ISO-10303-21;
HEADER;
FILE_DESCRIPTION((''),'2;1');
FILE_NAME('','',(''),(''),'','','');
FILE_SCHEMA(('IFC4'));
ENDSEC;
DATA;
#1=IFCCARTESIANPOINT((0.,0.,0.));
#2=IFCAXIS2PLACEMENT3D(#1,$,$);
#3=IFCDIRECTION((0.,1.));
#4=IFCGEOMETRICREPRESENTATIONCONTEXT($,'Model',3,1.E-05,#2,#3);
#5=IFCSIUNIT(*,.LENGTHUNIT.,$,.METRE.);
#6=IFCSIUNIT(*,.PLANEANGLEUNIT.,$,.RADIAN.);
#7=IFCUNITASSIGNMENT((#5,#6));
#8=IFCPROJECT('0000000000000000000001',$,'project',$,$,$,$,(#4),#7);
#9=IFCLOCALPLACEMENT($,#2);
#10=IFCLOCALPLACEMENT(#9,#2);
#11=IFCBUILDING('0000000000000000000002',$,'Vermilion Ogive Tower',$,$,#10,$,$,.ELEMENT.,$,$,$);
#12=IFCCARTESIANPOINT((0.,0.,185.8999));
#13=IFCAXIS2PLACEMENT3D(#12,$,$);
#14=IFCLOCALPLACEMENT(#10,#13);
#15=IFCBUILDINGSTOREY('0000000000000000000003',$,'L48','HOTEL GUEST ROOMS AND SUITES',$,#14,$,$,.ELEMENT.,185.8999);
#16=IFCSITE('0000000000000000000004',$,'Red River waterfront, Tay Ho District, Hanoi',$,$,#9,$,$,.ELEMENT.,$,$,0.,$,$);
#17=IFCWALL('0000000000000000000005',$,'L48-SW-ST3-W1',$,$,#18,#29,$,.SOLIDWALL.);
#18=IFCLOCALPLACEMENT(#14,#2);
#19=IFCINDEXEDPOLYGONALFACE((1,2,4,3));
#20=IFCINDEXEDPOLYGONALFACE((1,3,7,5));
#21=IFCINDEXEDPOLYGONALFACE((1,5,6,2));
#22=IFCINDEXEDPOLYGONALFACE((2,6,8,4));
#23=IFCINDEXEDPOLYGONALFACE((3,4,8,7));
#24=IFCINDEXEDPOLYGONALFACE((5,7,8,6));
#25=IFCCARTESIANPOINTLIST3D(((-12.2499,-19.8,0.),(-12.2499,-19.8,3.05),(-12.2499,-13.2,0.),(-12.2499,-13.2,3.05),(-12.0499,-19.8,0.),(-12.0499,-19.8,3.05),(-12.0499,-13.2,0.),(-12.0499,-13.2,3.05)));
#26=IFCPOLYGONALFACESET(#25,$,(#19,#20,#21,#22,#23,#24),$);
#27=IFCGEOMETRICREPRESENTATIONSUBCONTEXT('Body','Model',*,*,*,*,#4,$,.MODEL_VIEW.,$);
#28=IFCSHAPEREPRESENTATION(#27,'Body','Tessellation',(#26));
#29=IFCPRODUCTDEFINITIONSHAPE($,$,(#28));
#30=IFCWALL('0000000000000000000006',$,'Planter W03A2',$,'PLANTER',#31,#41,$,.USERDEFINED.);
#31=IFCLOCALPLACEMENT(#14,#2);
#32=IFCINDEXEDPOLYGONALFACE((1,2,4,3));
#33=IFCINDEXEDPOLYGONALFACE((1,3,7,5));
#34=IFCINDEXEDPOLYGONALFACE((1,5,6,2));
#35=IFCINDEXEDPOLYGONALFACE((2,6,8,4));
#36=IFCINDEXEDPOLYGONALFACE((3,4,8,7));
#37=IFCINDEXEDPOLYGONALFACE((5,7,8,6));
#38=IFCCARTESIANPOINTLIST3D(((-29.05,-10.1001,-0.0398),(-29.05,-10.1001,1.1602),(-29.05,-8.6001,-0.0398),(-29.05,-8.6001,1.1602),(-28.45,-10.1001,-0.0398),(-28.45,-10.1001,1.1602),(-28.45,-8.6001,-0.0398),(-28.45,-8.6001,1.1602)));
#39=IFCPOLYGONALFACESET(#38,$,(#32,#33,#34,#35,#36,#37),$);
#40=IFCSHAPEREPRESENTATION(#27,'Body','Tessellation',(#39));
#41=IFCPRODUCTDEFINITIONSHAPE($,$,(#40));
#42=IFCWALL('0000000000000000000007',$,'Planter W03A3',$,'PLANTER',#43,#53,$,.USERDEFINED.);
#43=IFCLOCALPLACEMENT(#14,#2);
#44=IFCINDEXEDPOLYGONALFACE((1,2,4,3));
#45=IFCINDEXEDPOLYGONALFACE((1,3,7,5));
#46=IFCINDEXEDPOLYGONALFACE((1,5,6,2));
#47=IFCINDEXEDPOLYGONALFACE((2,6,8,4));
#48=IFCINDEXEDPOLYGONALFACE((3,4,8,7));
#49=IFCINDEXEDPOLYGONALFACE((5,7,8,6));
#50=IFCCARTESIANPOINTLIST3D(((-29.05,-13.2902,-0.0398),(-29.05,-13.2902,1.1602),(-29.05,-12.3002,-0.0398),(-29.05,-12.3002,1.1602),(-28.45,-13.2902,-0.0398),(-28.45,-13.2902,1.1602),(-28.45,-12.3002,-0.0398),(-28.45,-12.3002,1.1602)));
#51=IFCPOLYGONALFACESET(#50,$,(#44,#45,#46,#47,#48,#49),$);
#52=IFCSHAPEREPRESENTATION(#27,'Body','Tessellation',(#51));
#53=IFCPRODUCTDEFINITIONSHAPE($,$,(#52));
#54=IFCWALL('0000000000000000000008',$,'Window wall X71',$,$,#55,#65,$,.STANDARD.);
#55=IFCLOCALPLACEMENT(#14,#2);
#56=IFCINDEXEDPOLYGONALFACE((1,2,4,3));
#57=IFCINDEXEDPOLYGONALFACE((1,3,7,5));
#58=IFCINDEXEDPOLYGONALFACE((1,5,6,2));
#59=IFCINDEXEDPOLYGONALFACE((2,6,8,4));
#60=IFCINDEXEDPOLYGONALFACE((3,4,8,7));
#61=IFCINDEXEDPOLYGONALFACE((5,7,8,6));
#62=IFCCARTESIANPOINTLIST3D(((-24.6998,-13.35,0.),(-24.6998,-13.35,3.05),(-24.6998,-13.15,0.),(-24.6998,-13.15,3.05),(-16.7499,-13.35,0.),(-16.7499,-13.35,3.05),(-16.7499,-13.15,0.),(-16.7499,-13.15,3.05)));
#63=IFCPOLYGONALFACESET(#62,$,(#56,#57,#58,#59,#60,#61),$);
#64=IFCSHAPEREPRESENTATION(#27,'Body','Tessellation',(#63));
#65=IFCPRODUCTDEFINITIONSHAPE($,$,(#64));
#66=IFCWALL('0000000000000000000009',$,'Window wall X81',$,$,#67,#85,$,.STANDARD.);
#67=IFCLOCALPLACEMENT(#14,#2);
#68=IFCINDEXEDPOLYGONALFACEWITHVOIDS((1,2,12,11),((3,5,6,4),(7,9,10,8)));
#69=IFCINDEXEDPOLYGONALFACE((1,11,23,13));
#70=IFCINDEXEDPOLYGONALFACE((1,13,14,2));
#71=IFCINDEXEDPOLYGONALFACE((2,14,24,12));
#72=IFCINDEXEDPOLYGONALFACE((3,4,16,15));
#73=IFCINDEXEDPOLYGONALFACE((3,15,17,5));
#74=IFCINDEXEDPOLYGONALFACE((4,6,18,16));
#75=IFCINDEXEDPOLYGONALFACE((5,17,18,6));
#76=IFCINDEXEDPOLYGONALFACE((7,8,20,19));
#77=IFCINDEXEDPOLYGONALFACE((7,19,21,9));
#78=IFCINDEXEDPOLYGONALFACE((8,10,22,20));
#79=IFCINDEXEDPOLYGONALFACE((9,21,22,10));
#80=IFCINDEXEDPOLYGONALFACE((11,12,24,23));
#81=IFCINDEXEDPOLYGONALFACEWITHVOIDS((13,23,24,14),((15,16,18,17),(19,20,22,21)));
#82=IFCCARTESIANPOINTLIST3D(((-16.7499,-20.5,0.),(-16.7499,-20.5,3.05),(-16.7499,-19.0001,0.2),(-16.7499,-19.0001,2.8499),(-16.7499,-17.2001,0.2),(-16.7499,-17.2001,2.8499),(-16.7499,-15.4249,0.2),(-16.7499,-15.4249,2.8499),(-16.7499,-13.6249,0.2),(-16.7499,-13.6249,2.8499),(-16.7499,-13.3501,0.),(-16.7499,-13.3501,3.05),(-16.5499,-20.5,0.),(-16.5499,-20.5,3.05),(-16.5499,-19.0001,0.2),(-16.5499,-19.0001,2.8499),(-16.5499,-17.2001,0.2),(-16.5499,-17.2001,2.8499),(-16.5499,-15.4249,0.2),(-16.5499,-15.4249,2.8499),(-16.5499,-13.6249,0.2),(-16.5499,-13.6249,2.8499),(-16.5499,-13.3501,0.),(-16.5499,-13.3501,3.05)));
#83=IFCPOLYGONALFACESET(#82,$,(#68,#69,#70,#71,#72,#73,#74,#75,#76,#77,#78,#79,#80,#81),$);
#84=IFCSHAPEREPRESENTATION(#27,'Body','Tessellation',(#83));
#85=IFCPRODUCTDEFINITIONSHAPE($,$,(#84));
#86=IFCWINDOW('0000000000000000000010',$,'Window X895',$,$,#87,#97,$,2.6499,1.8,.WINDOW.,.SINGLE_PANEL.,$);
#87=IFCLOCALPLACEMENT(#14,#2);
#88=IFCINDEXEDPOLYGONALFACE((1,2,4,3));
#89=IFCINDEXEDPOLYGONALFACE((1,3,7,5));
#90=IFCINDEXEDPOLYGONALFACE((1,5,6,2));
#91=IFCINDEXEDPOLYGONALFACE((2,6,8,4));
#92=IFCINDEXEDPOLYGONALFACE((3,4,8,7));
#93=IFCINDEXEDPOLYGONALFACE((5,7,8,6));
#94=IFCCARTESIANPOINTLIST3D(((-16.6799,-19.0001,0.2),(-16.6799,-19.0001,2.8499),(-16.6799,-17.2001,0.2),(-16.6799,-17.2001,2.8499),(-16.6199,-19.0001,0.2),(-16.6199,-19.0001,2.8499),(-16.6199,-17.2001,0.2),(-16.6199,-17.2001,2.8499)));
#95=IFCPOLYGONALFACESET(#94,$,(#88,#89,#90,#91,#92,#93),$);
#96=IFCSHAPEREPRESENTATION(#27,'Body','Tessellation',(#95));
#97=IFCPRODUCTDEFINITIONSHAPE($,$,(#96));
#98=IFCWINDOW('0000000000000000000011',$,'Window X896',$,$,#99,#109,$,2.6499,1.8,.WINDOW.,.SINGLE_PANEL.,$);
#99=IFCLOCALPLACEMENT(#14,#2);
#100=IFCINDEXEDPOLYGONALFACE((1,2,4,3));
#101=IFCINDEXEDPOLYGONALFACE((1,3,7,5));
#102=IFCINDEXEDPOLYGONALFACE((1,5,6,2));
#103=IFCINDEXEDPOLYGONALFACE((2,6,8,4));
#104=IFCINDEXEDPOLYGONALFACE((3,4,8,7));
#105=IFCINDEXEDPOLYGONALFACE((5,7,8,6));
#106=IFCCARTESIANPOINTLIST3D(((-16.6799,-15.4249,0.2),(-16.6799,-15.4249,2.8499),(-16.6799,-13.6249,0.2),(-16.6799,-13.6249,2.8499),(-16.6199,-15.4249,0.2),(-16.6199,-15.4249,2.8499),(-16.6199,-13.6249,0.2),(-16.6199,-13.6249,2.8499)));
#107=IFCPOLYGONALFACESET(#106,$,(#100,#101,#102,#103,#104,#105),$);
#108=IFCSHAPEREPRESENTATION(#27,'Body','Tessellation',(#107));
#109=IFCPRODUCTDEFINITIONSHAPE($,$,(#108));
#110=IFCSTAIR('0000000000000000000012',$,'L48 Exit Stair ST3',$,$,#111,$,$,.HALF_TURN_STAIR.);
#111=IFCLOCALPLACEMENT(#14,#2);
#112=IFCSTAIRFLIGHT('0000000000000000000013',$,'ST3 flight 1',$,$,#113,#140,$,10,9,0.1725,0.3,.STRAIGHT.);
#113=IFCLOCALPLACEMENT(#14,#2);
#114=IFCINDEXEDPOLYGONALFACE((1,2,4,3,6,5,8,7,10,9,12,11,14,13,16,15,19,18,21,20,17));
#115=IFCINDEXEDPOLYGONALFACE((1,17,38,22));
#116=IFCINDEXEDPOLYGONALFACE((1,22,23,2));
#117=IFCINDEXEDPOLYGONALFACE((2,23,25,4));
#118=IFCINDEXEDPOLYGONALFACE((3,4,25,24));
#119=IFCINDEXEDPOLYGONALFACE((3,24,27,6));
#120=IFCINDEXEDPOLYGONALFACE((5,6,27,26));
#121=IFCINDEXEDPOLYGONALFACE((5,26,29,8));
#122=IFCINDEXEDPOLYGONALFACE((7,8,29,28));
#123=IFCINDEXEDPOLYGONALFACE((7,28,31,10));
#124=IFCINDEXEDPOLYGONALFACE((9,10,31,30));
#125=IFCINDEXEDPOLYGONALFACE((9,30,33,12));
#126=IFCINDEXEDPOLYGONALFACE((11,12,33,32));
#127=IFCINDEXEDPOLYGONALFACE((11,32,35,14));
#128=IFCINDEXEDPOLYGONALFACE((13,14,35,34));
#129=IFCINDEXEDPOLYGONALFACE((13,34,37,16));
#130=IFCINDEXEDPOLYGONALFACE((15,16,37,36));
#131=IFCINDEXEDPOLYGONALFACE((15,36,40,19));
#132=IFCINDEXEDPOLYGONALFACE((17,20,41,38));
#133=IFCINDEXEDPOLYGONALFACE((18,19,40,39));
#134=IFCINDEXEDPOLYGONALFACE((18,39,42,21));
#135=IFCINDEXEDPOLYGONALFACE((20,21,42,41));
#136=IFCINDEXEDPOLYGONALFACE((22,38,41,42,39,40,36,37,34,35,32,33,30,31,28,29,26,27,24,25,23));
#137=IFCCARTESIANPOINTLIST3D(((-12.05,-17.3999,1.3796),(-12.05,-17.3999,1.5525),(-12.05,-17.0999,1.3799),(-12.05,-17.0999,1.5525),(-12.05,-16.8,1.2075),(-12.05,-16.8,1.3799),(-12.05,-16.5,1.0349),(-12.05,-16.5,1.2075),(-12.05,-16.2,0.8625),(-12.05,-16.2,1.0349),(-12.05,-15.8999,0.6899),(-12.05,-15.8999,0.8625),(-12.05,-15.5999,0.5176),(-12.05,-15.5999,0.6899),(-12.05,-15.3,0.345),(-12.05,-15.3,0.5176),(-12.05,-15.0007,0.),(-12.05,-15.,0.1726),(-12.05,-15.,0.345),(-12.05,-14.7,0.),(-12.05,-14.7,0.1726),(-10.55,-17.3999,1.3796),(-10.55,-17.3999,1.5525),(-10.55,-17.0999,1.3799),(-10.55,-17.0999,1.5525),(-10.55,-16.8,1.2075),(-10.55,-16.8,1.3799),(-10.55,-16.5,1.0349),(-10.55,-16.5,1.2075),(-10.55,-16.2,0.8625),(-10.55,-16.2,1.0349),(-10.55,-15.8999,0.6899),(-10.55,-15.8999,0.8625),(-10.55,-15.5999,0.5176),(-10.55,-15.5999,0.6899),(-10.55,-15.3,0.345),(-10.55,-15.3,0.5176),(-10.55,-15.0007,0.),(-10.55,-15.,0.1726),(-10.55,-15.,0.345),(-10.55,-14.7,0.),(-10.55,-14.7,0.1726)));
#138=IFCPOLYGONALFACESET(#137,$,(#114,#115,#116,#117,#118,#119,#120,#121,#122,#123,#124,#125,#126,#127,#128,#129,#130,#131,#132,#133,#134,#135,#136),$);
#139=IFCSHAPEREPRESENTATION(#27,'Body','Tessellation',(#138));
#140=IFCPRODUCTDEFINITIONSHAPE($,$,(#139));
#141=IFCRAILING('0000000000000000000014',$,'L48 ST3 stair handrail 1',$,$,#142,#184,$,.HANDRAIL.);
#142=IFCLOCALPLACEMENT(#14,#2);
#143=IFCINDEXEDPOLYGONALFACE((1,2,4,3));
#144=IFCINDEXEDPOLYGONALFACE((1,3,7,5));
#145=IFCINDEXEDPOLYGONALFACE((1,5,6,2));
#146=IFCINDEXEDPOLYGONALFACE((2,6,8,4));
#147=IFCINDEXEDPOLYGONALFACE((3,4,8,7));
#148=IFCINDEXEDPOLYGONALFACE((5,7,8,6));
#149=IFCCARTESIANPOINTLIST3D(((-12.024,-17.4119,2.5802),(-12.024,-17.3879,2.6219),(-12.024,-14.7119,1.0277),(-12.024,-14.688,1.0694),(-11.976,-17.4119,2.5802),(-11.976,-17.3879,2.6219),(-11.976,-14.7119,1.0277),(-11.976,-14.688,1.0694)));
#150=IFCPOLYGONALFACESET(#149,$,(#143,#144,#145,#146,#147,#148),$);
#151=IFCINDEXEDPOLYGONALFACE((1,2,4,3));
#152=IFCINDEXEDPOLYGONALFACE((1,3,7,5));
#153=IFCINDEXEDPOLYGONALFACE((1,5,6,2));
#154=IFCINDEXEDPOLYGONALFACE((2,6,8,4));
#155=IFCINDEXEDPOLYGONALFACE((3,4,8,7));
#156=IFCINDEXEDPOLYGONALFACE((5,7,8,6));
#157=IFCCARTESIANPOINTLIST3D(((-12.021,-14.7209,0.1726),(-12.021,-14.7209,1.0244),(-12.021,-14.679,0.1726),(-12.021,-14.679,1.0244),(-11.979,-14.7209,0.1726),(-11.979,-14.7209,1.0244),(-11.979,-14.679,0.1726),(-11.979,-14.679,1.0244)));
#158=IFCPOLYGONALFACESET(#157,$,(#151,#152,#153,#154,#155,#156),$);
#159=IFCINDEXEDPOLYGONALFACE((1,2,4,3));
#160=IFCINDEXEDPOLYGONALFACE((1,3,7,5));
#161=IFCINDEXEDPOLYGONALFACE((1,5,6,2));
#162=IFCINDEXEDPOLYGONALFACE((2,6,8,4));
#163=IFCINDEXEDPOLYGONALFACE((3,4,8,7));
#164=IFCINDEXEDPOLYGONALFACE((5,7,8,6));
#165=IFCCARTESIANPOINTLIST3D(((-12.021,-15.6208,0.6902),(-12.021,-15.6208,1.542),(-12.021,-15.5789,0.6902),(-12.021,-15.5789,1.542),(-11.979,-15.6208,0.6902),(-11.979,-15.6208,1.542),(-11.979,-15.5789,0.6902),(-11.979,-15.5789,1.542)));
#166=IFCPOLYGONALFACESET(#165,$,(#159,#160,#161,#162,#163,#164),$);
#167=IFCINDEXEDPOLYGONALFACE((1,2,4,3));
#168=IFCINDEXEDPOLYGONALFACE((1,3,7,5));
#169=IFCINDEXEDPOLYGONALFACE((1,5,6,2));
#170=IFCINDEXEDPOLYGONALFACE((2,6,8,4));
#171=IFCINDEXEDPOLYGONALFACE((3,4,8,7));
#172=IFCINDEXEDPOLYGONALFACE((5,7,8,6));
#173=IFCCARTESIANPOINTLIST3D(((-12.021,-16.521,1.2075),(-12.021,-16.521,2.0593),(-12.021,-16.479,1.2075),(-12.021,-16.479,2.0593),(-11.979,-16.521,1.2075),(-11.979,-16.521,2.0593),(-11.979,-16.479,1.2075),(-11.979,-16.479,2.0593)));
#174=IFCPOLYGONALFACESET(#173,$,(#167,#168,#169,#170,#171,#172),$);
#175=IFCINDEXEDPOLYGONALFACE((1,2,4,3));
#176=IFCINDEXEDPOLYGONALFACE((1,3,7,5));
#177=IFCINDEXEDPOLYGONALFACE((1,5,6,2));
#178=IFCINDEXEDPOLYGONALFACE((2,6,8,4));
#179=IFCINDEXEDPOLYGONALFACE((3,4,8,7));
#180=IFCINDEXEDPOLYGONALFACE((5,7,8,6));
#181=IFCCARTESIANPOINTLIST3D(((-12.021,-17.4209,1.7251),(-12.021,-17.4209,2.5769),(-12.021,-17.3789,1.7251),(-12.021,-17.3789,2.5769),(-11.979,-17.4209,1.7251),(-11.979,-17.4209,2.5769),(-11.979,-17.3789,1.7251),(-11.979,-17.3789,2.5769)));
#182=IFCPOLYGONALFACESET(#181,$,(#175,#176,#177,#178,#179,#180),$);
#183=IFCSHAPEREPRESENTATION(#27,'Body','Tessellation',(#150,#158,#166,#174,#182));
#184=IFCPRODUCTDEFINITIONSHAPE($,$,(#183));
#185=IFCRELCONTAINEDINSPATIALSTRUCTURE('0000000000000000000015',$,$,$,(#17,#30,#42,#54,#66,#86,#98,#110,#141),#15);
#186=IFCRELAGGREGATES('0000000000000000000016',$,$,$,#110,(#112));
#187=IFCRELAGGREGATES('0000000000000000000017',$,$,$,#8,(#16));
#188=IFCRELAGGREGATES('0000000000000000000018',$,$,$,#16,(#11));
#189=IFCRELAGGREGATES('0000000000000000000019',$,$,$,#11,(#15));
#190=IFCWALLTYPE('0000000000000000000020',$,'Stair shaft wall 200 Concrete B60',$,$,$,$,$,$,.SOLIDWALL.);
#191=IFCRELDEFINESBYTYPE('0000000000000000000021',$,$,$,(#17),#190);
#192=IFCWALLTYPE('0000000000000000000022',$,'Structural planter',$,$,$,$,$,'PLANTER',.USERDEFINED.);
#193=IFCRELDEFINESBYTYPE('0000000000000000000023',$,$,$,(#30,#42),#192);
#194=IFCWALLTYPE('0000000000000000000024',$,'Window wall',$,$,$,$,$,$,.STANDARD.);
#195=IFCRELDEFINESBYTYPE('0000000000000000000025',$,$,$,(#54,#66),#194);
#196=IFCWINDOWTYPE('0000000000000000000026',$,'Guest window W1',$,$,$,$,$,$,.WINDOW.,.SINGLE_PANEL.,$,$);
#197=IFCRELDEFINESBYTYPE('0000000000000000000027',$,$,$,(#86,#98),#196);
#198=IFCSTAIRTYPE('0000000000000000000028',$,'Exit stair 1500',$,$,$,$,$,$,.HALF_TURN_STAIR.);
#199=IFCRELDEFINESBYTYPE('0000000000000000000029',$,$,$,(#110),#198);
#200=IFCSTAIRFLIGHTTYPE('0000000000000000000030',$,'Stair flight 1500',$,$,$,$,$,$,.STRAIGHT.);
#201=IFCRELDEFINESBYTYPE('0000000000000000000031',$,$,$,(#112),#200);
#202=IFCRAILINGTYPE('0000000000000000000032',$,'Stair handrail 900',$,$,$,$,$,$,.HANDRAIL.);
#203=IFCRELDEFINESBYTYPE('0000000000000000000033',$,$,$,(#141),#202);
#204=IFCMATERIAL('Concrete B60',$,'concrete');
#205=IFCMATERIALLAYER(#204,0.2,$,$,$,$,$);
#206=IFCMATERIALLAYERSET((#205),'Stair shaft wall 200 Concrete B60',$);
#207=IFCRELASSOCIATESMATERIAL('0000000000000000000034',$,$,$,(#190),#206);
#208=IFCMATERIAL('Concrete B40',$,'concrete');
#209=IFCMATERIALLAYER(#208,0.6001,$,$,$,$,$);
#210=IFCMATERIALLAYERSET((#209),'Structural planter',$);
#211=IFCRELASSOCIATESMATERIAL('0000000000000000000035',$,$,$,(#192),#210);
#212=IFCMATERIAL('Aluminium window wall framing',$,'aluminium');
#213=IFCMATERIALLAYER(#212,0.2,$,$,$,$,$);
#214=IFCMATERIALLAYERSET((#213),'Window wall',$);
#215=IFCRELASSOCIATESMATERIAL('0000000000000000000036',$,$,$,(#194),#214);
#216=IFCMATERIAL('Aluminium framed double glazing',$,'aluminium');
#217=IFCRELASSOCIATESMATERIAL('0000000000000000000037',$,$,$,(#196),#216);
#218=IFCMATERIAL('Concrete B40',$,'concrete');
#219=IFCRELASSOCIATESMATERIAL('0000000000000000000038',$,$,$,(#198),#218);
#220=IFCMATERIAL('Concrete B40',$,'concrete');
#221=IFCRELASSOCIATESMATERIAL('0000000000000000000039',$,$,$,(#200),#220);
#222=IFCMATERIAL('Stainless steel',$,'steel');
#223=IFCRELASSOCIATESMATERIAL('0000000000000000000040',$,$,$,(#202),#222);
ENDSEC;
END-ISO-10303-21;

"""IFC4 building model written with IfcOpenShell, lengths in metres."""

from ifc_helpers import new_model, si_unit, direction, frame, frame_2d, origin, origin_2d, place, context, subcontext, project, spatial, polyline, rectangle, outline, extrude, material, layer, layer_set, type_object, element, fill, aggregate, save


model = new_model("IFC4")

# Units and contexts
model_context = context("Model", 3, precision=1e-05, world=origin(), true_north=direction((0.0, 1.0)))
body_context = subcontext(model_context, "Body", "Model", "MODEL_VIEW")
ifc_project = project(units=[si_unit("LENGTHUNIT", "METRE"), si_unit("PLANEANGLEUNIT", "RADIAN")], contexts=[model_context])

# Site, building, storey
site_placement = place(None, origin())
site = spatial("IfcSite", under=ifc_project, at=site_placement, Name="Red River waterfront, Tay Ho District, Hanoi", CompositionType="ELEMENT", RefElevation=0.0)
building_placement = place(site_placement, origin())
building = spatial("IfcBuilding", under=site, at=building_placement, Name="Vermilion Ogive Tower", CompositionType="ELEMENT")
storey_placement = place(building_placement, frame((0.0, 0.0, 185.8999)))
storey = spatial("IfcBuildingStorey", under=building, at=storey_placement, Name="L48", Description="HOTEL GUEST ROOMS AND SUITES", CompositionType="ELEMENT", Elevation=185.8999)

# Shared definitions
ifc_material_1 = material(Name="Concrete B60", Category="concrete")
ifc_layer_1 = layer(ifc_material_1, 0.2)
ifc_layer_set_1 = layer_set([ifc_layer_1], Name="Stair shaft wall 200 Concrete B60")
wall_type_1 = type_object("IfcWallType", Name="Stair shaft wall 200 Concrete B60", PredefinedType="SOLIDWALL", material=ifc_layer_set_1)

# Walls
wall_1_placement = place(storey_placement, frame((-12.1499, -19.8, 0.0), z_axis=(0.0, 0.0, 1.0), x_axis=(0.0, 1.0, 0.0)))
element("IfcWall", 1, at=wall_1_placement, inside=storey, type_object=wall_type_1, Name="L48-SW-ST3-W1", PredefinedType="SOLIDWALL", context=body_context, shape_type="SweptSolid", body=[
    extrude(rectangle(XDim=6.6001, YDim=0.2, at=frame_2d((3.3, 0.0))), origin(), (0.0, 0.0, 1.0), 3.05),
])
ifc_material_2 = material(Name="Concrete B40", Category="concrete")
ifc_layer_2 = layer(ifc_material_2, 0.6001)
ifc_layer_set_2 = layer_set([ifc_layer_2], Name="Structural planter")
wall_type_2 = type_object("IfcWallType", Name="Structural planter", ElementType="PLANTER", PredefinedType="USERDEFINED", material=ifc_layer_set_2)
wall_2_placement = place(storey_placement, frame((-28.75, -8.6001, -0.0398), z_axis=(0.0, 0.0, 1.0), x_axis=(0.0, -1.0, 0.0)))
element("IfcWall", 2, at=wall_2_placement, inside=storey, type_object=wall_type_2, Name="Planter W03A2", ObjectType="PLANTER", PredefinedType="USERDEFINED", context=body_context, shape_type="SweptSolid", body=[
    extrude(rectangle(XDim=1.5, YDim=0.6001, at=frame_2d((0.75, 0.0))), origin(), (0.0, 0.0, 1.0), 1.2),
])
wall_3_placement = place(storey_placement, frame((-28.75, -12.3, -0.0398), z_axis=(0.0, 0.0, 1.0), x_axis=(0.0, -1.0, 0.0)))
element("IfcWall", 3, at=wall_3_placement, inside=storey, type_object=wall_type_2, Name="Planter W03A3", ObjectType="PLANTER", PredefinedType="USERDEFINED", context=body_context, shape_type="SweptSolid", body=[
    extrude(rectangle(XDim=0.99, YDim=0.6001, at=frame_2d((0.4951, 0.0))), origin(), (0.0, 0.0, 1.0), 1.2),
])
ifc_material_3 = material(Name="Aluminium window wall framing", Category="aluminium")
ifc_layer_3 = layer(ifc_material_3, 0.2)
ifc_layer_set_3 = layer_set([ifc_layer_3], Name="Window wall")
wall_type_3 = type_object("IfcWallType", Name="Window wall", PredefinedType="STANDARD", material=ifc_layer_set_3)
wall_4_placement = place(storey_placement, frame((-24.7, -13.25, 0.0), z_axis=(0.0, 0.0, 1.0), x_axis=(1.0, 0.0, 0.0)))
element("IfcWall", 4, at=wall_4_placement, inside=storey, type_object=wall_type_3, Name="Window wall X71", PredefinedType="STANDARD", context=body_context, shape_type="SweptSolid", body=[
    extrude(rectangle(XDim=7.95, YDim=0.2, at=frame_2d((3.9751, 0.0))), origin(), (0.0, 0.0, 1.0), 3.05),
])

# Wall, openings, windows
wall_5_placement = place(storey_placement, frame((-16.6499, -13.3501, 0.0), z_axis=(0.0, 0.0, 1.0), x_axis=(0.0, -1.0, 0.0)))
wall_5 = element("IfcWall", 5, at=wall_5_placement, inside=storey, type_object=wall_type_3, Name="Window wall X81", PredefinedType="STANDARD", context=body_context, shape_type="SweptSolid", body=[
    extrude(rectangle(XDim=7.1499, YDim=0.2, at=frame_2d((3.575, 0.0))), origin(), (0.0, 0.0, 1.0), 3.05),
])
opening_1_placement = place(wall_5_placement, frame((3.8501, 0.0, 0.2)))
opening_1 = element("IfcOpeningElement", 6, at=opening_1_placement, cuts=wall_5, PredefinedType="OPENING", context=body_context, shape_type="SweptSolid", body=[
    extrude(rectangle(XDim=1.8, YDim=2.6499, at=frame_2d((0.8999, 1.325))), frame((0.0, 0.1099, 0.0), z_axis=(0.0, -1.0, 0.0), x_axis=(1.0, 0.0, 0.0)), (0.0, 0.0, 1.0), 0.22),
])
opening_2_placement = place(wall_5_placement, frame((0.2749, 0.0, 0.2)))
opening_2 = element("IfcOpeningElement", 7, at=opening_2_placement, cuts=wall_5, PredefinedType="OPENING", context=body_context, shape_type="SweptSolid", body=[
    extrude(rectangle(XDim=1.8, YDim=2.6499, at=frame_2d((0.8999, 1.325))), frame((0.0, 0.1099, 0.0), z_axis=(0.0, -1.0, 0.0), x_axis=(1.0, 0.0, 0.0)), (0.0, 0.0, 1.0), 0.22),
])
ifc_material_4 = material(Name="Aluminium framed double glazing", Category="aluminium")
window_type = type_object("IfcWindowType", Name="Guest window W1", PartitioningType="SINGLE_PANEL", PredefinedType="WINDOW", material=ifc_material_4)
window_1_placement = place(opening_1_placement, origin())
window_1 = element("IfcWindow", 8, at=window_1_placement, inside=storey, type_object=window_type, Name="Window X895", OverallHeight=2.6499, OverallWidth=1.8, PartitioningType="SINGLE_PANEL", PredefinedType="WINDOW", context=body_context, shape_type="SweptSolid", body=[
    extrude(rectangle(XDim=1.8, YDim=2.6499, at=frame_2d((0.8999, 1.325))), frame((0.0, 0.03, 0.0), z_axis=(0.0, -1.0, 0.0), x_axis=(1.0, 0.0, 0.0)), (0.0, 0.0, 1.0), 0.0601),
])
fill(opening_1, window_1)
window_2_placement = place(opening_2_placement, origin())
window_2 = element("IfcWindow", 9, at=window_2_placement, inside=storey, type_object=window_type, Name="Window X896", OverallHeight=2.6499, OverallWidth=1.8, PartitioningType="SINGLE_PANEL", PredefinedType="WINDOW", context=body_context, shape_type="SweptSolid", body=[
    extrude(rectangle(XDim=1.8, YDim=2.6499, at=frame_2d((0.8999, 1.325))), frame((0.0, 0.03, 0.0), z_axis=(0.0, -1.0, 0.0), x_axis=(1.0, 0.0, 0.0)), (0.0, 0.0, 1.0), 0.0601),
])
fill(opening_2, window_2)

# Stair, stair flight
ifc_material_5 = material(Name="Concrete B40", Category="concrete")
stair_type = type_object("IfcStairType", Name="Exit stair 1500", PredefinedType="HALF_TURN_STAIR", material=ifc_material_5)
stair_placement = place(storey_placement, origin())
stair = element("IfcStair", 10, at=stair_placement, inside=storey, type_object=stair_type, Name="L48 Exit Stair ST3", PredefinedType="HALF_TURN_STAIR")
ifc_material_6 = material(Name="Concrete B40", Category="concrete")
stair_flight_type = type_object("IfcStairFlightType", Name="Stair flight 1500", PredefinedType="STRAIGHT", material=ifc_material_6)
stair_flight_placement = place(storey_placement, frame((-11.3, -14.7, 0.0), z_axis=(0.0, 0.0, 1.0), x_axis=(0.0, -1.0, 0.0)))
stair_flight = element("IfcStairFlight", 11, at=stair_flight_placement, type_object=stair_flight_type, Name="ST3 flight 1", NumberOfRisers=10, NumberOfTreads=9, PredefinedType="STRAIGHT", RiserHeight=0.1725, TreadLength=0.3, context=body_context, shape_type="SweptSolid", body=[
    extrude(outline(polyline([(0.0, 0.0), (0.0, 0.1726), (0.3, 0.1726), (0.3, 0.345), (0.6001, 0.345), (0.6001, 0.5176), (0.8999, 0.5176), (0.8999, 0.6899), (1.2, 0.6899), (1.2, 0.8625), (1.5, 0.8625), (1.5, 1.0349), (1.8, 1.0349), (1.8, 1.2075), (2.1001, 1.2075), (2.1001, 1.3799), (2.3999, 1.3799), (2.3999, 1.5525), (2.7, 1.5525), (2.7, 1.7251), (2.7, 1.3796), (0.3008, 0.0), (0.0, 0.0)])), frame((0.0, 0.75, 0.0), z_axis=(0.0, -1.0, 0.0), x_axis=(1.0, 0.0, 0.0)), (0.0, 0.0, 1.0), 1.5),
])
aggregate(stair, [stair_flight])

# Railing
ifc_material_7 = material(Name="Stainless steel", Category="steel")
railing_type = type_object("IfcRailingType", Name="Stair handrail 900", PredefinedType="HANDRAIL", material=ifc_material_7)
railing_placement = place(storey_placement, frame((-12.0, -14.7, 0.1726)))
element("IfcRailing", 12, at=railing_placement, inside=storey, type_object=railing_type, Name="L48 ST3 stair handrail 1", PredefinedType="HANDRAIL", context=body_context, shape_type="SweptSolid", body=[
    extrude(rectangle(XDim=0.0481, YDim=0.0481, at=origin_2d()), frame((0.0, 0.0, 0.876), z_axis=(0.0, -0.866904, 0.498476), x_axis=(1.0, 0.0, 0.0)), (0.0, 0.0, 1.0), 3.1145),
    extrude(rectangle(XDim=0.042, YDim=0.042, at=origin_2d()), origin(), (0.0, 0.0, 1.0), 0.8518),
    extrude(rectangle(XDim=0.042, YDim=0.042, at=origin_2d()), frame((0.0, -0.8999, 0.5176)), (0.0, 0.0, 1.0), 0.8518),
    extrude(rectangle(XDim=0.042, YDim=0.042, at=origin_2d()), frame((0.0, -1.8, 1.0349)), (0.0, 0.0, 1.0), 0.8518),
    extrude(rectangle(XDim=0.042, YDim=0.042, at=origin_2d()), frame((0.0, -2.7, 1.5525)), (0.0, 0.0, 1.0), 0.8518),
])

save(model, "model.ifc")
